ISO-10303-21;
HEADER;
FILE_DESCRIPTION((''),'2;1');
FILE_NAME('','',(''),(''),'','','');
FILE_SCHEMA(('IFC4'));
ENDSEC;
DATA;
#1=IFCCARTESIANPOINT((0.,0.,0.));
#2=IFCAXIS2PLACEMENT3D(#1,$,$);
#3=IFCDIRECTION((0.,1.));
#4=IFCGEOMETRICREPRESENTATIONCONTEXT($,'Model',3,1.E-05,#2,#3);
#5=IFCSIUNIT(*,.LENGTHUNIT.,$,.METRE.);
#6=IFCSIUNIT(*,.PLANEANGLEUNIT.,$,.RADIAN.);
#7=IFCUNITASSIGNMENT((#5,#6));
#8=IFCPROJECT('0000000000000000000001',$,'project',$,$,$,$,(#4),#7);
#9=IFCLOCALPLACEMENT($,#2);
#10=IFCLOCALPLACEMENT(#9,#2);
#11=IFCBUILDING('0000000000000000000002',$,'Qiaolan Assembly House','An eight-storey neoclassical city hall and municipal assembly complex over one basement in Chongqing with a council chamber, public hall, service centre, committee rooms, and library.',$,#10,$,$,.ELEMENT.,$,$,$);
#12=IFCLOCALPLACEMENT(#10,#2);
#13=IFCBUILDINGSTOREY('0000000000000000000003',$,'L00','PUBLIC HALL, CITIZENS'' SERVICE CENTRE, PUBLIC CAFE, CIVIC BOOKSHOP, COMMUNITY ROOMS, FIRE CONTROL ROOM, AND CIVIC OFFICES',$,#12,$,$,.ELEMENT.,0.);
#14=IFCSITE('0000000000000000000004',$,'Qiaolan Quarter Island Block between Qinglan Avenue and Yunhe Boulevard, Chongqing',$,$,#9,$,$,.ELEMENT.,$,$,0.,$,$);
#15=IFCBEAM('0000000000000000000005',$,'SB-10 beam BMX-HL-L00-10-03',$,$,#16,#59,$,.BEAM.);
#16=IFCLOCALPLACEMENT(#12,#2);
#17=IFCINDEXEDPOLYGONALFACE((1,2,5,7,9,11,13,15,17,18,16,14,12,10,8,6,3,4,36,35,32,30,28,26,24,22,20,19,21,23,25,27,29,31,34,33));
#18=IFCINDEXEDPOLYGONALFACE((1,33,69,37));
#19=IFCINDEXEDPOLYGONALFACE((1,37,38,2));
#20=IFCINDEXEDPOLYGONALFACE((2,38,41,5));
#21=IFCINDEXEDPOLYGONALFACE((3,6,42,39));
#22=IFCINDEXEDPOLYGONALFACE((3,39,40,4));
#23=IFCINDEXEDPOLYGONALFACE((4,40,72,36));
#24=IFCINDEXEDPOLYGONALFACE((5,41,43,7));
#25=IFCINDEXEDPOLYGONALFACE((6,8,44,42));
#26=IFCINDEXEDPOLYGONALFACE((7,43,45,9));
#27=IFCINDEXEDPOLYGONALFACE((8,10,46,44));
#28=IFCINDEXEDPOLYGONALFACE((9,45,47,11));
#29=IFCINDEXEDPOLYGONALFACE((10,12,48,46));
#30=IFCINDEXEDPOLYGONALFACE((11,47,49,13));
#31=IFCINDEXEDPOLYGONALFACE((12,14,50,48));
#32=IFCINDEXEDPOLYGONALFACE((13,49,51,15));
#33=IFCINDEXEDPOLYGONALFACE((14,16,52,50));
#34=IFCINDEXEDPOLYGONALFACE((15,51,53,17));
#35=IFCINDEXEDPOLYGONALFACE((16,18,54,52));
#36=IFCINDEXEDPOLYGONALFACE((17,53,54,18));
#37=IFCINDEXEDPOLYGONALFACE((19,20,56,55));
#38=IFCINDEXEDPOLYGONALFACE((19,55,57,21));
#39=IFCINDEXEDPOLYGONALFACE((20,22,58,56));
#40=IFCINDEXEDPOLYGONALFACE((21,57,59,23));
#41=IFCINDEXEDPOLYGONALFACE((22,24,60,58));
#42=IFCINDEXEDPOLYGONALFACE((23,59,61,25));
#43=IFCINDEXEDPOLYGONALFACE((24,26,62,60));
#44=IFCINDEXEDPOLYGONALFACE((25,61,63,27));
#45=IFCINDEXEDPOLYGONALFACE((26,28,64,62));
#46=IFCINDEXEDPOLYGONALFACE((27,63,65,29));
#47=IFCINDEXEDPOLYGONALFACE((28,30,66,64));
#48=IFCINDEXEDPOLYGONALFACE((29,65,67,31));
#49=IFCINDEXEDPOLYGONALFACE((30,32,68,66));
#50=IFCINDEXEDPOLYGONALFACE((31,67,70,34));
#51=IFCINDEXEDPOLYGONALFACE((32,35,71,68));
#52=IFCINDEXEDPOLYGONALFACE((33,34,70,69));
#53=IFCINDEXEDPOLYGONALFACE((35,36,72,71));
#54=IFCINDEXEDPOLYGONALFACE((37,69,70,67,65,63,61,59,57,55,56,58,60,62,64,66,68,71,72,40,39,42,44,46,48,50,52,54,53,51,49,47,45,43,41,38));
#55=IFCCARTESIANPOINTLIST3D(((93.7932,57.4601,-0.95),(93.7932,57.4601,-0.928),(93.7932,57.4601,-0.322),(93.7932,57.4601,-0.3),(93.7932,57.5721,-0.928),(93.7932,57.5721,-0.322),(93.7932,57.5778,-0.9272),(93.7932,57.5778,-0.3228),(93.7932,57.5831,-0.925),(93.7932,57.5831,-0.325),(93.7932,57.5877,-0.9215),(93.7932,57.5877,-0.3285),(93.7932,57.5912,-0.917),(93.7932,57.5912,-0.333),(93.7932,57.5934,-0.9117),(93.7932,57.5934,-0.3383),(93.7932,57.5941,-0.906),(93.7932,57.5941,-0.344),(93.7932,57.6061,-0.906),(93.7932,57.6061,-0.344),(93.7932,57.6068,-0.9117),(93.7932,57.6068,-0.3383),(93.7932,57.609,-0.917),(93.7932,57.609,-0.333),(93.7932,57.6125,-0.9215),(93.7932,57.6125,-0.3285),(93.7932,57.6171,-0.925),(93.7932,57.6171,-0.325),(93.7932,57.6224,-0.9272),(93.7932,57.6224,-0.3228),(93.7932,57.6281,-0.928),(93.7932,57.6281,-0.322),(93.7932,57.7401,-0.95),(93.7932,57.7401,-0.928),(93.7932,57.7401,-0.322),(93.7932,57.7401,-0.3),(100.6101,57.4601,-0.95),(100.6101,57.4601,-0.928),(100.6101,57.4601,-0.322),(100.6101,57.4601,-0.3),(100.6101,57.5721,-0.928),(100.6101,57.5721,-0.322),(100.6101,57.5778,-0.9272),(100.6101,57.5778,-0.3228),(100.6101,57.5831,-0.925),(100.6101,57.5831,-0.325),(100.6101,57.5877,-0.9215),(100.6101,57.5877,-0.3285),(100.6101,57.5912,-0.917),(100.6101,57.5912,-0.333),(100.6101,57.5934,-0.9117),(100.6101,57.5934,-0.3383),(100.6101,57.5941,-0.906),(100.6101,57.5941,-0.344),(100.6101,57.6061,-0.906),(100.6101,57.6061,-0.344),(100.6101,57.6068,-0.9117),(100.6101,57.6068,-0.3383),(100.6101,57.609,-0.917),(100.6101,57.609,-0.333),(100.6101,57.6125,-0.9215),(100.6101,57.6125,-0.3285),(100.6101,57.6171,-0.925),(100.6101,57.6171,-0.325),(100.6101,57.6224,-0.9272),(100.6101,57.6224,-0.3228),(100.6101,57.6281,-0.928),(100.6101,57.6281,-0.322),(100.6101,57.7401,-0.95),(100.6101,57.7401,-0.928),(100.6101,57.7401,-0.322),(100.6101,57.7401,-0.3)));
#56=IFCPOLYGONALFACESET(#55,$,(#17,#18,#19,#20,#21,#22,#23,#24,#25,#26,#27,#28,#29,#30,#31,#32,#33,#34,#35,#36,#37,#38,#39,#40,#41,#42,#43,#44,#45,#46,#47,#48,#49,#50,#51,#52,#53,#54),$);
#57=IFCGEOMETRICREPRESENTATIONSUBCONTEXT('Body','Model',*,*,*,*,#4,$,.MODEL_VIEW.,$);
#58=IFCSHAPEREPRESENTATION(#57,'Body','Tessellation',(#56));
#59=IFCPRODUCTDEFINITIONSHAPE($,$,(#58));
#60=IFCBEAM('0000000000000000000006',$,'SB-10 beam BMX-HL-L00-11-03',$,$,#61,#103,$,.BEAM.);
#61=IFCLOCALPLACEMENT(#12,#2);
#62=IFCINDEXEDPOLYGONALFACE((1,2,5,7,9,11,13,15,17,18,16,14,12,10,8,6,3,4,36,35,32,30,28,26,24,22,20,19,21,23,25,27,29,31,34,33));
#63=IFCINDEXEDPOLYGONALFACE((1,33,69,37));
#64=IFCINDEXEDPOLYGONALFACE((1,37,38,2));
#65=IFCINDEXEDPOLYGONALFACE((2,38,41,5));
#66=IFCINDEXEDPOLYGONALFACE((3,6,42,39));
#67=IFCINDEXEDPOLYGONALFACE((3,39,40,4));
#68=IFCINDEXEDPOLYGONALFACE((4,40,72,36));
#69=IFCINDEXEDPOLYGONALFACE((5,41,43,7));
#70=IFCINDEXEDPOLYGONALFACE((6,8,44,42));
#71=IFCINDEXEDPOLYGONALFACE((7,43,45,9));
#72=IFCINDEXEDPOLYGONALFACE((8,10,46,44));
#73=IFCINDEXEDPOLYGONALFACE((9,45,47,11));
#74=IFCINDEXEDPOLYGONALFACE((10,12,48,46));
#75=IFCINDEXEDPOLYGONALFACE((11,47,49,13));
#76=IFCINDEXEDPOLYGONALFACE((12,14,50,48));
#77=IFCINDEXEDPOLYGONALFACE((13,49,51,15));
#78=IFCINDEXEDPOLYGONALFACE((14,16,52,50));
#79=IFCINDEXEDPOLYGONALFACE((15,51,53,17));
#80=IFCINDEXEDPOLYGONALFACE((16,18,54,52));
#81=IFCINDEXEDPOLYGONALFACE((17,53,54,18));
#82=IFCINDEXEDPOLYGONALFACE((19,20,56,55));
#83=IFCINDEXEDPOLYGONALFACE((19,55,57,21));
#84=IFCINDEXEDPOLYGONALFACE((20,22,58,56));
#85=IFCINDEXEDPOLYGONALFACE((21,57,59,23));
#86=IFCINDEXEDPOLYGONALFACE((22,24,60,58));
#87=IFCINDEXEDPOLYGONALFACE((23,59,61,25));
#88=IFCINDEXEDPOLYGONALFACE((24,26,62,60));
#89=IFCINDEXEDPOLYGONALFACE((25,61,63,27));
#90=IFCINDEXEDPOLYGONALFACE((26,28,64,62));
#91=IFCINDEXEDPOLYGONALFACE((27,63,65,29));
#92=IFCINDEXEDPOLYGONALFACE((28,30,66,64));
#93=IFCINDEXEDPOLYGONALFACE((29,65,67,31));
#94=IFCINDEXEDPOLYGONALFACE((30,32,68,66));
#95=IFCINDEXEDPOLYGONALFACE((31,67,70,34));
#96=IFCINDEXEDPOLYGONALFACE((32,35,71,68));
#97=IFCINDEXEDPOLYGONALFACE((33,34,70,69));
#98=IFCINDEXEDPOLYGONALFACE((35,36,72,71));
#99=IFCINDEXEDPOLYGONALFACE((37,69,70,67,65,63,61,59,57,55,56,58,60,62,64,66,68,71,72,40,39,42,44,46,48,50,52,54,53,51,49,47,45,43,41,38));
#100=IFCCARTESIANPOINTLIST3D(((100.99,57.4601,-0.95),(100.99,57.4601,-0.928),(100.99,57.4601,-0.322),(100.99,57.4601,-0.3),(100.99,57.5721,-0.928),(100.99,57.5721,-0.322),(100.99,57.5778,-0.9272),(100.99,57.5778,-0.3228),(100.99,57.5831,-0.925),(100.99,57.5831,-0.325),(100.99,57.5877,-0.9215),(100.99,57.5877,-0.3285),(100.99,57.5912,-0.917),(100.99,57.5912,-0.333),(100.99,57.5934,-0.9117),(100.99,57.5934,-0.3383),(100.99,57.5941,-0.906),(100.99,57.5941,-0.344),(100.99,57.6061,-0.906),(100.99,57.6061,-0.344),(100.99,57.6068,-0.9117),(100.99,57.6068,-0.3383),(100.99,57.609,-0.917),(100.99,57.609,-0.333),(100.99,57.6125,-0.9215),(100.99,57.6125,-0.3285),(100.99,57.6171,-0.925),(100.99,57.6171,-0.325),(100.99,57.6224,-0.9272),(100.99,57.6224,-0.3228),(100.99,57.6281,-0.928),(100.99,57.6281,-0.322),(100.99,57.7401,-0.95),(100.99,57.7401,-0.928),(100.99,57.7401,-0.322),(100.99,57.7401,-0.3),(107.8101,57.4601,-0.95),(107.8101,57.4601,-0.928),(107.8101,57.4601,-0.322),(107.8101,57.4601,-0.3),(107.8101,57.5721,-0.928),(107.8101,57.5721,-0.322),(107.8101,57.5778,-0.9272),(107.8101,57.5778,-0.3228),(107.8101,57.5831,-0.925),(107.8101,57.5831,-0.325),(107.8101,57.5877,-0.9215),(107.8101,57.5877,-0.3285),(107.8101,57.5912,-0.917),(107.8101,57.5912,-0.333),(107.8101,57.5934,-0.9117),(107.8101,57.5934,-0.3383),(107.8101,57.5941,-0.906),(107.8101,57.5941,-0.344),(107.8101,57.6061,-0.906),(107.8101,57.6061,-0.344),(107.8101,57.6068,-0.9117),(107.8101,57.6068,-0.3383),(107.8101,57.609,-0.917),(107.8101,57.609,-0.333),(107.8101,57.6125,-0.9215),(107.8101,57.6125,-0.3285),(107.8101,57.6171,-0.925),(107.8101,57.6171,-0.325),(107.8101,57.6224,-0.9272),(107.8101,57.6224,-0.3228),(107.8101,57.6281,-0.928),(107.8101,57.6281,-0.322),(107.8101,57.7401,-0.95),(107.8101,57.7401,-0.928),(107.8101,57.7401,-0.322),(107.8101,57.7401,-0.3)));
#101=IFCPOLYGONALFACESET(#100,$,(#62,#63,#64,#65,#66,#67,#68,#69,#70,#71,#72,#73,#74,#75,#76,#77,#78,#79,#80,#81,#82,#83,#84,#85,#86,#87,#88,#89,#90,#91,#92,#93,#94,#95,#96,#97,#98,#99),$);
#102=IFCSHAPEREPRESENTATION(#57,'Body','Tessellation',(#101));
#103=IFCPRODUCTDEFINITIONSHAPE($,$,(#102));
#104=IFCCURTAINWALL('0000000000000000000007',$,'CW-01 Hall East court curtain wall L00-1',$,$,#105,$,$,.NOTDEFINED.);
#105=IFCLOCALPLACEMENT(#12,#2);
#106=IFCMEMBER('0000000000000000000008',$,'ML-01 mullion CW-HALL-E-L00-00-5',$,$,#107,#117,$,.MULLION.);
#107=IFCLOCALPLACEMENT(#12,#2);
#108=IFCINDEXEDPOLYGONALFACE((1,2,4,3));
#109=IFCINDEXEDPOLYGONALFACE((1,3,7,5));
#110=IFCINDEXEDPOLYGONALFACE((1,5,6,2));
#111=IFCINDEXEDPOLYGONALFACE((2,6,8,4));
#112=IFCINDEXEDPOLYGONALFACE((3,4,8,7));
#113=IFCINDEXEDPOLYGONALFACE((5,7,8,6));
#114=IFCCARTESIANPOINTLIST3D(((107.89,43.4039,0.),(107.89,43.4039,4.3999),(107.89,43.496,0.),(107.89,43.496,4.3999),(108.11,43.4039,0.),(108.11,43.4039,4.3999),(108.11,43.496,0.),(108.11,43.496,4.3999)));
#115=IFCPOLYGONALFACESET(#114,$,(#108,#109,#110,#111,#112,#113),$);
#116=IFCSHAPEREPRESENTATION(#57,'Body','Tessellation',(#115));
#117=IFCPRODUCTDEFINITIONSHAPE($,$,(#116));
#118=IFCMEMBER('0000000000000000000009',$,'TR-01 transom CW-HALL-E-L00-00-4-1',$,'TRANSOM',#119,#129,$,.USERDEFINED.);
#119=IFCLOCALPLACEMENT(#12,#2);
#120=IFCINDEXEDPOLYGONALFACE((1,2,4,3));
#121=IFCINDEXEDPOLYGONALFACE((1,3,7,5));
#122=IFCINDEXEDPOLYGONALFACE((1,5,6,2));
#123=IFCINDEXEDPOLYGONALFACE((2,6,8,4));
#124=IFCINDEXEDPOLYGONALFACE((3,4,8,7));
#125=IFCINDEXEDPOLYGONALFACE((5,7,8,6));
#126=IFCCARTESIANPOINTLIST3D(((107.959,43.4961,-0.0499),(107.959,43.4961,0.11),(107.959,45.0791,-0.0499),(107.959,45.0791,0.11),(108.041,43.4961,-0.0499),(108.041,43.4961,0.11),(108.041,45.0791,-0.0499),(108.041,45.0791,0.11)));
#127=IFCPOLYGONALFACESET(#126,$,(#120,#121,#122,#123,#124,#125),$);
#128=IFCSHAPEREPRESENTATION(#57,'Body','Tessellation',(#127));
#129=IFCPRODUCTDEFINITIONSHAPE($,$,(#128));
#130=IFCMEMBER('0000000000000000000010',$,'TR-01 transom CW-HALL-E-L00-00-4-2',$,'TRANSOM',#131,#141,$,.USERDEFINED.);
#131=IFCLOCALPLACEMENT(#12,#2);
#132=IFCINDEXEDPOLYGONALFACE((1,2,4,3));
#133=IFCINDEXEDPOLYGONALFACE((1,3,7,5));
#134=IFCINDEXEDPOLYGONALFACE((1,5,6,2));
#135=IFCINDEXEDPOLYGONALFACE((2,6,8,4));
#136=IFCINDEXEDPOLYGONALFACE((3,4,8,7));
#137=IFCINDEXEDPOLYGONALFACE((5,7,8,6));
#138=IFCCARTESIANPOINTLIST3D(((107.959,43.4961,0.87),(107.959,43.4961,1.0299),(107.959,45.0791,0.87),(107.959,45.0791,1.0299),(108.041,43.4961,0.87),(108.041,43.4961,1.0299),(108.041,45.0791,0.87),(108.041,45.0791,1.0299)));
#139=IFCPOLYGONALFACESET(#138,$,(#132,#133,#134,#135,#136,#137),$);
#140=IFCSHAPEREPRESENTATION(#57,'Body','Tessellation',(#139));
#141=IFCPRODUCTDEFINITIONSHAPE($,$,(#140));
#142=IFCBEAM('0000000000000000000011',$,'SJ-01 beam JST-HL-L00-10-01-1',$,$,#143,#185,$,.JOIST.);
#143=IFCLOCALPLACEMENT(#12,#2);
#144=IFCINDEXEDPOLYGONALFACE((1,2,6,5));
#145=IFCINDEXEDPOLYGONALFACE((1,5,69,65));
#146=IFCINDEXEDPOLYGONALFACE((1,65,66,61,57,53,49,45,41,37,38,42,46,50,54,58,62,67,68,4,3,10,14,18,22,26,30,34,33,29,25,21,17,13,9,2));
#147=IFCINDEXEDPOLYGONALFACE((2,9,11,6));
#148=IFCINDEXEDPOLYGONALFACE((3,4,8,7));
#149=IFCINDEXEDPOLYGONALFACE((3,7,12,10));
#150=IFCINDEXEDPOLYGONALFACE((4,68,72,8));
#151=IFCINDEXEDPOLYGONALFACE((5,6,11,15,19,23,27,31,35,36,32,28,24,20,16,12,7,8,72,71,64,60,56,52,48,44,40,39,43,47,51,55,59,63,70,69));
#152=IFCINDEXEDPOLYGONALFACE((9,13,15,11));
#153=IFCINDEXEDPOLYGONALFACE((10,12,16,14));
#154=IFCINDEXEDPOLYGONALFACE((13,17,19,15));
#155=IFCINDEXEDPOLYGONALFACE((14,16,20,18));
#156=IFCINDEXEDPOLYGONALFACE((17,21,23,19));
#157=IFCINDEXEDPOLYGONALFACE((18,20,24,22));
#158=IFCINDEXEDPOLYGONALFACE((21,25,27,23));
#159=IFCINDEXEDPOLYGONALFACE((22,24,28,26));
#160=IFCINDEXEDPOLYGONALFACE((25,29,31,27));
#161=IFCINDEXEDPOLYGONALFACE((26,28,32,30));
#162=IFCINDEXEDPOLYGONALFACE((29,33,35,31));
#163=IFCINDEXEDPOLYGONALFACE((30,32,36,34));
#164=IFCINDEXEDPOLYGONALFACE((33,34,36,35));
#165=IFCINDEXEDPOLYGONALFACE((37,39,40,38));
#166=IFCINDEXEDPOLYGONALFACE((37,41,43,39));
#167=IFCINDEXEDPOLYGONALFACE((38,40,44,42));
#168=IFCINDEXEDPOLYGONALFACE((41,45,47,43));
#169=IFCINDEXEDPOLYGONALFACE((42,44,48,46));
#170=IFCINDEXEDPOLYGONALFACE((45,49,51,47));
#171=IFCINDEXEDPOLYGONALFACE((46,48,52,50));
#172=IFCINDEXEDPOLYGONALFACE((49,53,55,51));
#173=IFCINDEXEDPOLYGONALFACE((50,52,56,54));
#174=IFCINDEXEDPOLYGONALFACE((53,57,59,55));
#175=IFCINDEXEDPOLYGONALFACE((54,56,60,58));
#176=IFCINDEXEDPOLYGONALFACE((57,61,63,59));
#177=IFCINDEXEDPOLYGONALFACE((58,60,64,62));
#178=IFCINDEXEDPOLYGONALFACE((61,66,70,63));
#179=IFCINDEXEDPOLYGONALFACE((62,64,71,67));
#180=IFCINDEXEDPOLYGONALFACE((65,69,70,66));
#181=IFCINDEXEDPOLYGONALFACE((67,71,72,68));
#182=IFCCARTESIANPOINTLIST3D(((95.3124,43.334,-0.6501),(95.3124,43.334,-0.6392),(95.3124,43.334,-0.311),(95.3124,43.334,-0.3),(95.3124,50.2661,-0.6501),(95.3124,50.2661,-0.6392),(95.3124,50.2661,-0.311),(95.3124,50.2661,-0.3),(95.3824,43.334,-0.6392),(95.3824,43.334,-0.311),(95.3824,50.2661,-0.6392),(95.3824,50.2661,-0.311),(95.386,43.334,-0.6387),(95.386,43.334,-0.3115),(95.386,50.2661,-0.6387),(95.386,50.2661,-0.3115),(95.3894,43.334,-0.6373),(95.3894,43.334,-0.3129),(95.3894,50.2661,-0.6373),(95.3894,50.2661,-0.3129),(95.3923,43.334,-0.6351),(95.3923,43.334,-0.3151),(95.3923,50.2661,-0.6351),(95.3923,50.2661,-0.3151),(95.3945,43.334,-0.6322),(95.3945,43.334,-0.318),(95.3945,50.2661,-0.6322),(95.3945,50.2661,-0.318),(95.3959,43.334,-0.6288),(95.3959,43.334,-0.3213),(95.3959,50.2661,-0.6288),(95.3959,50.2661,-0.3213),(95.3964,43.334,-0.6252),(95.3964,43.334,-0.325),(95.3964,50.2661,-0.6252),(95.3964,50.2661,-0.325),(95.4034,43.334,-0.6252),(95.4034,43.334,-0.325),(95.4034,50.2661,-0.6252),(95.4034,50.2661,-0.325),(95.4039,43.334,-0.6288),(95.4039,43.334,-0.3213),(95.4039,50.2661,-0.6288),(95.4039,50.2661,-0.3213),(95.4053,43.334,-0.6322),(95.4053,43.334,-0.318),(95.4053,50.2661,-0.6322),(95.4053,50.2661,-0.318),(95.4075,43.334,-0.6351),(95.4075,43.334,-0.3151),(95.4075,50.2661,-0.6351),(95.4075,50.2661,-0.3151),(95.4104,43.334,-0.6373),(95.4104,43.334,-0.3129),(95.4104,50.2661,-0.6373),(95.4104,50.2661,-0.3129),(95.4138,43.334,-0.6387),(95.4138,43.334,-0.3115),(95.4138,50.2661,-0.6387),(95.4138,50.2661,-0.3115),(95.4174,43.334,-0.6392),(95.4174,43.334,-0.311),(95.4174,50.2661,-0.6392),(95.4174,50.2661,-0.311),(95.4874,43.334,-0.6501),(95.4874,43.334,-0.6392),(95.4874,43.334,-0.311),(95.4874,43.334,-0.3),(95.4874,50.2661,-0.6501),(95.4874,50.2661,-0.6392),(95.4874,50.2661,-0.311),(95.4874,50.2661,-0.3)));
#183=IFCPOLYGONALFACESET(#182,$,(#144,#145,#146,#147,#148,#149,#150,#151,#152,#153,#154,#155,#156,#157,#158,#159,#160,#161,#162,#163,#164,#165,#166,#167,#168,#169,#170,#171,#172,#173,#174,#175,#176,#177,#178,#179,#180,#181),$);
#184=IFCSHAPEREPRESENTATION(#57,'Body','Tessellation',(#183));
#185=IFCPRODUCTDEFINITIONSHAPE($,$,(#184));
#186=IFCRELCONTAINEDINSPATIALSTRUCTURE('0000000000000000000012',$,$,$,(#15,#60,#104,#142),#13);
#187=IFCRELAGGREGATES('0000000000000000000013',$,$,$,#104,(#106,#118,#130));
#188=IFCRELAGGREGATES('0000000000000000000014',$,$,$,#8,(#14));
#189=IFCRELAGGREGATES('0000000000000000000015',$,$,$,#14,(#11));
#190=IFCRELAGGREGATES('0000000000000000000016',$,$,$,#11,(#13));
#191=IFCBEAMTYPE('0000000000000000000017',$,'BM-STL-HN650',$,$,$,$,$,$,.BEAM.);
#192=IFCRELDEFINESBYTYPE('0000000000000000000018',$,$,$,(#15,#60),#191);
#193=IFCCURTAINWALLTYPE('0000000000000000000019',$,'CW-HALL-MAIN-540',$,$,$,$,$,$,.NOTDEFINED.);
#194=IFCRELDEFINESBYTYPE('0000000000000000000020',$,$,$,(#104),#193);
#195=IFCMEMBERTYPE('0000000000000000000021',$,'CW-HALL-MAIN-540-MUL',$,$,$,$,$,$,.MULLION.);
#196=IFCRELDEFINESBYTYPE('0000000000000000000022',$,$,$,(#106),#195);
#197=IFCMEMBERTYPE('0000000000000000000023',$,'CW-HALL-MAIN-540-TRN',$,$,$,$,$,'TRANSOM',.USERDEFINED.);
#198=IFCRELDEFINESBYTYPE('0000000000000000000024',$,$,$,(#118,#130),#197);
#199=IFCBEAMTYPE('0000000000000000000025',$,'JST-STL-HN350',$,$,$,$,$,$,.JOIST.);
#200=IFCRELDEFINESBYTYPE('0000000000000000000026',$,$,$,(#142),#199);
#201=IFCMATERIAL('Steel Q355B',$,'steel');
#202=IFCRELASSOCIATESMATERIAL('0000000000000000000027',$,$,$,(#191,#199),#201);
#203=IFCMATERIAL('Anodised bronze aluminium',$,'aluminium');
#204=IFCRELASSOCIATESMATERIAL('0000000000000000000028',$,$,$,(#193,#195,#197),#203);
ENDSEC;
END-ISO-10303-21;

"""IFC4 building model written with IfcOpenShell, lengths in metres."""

from ifc_helpers import new_model, si_unit, direction, frame, origin, origin_2d, place, context, subcontext, project, spatial, rectangle, i_section, extrude, material, material_profile, profile_set, type_object, element, aggregate, save


model = new_model("IFC4")

# Units and contexts
model_context = context("Model", 3, precision=1e-05, world=origin(), true_north=direction((0.0, 1.0)))
body_context = subcontext(model_context, "Body", "Model", "MODEL_VIEW")
ifc_project = project(units=[si_unit("LENGTHUNIT", "METRE"), si_unit("PLANEANGLEUNIT", "RADIAN")], contexts=[model_context])

# Site, building, storey
site_placement = place(None, origin())
site = spatial("IfcSite", under=ifc_project, at=site_placement, Name="Qiaolan Quarter Island Block between Qinglan Avenue and Yunhe Boulevard, Chongqing", CompositionType="ELEMENT", RefElevation=0.0)
building_placement = place(site_placement, origin())
building = spatial("IfcBuilding", under=site, at=building_placement, Name="Qiaolan Assembly House", Description="An eight-storey neoclassical city hall and municipal assembly complex over one basement in Chongqing with a council chamber, public hall, service centre, committee rooms, and library.", CompositionType="ELEMENT")
storey_placement = place(building_placement, origin())
storey = spatial("IfcBuildingStorey", under=building, at=storey_placement, Name="L00", Description="PUBLIC HALL, CITIZENS' SERVICE CENTRE, PUBLIC CAFE, CIVIC BOOKSHOP, COMMUNITY ROOMS, FIRE CONTROL ROOM, AND CIVIC OFFICES", CompositionType="ELEMENT", Elevation=0.0)

# Shared definitions
ifc_material_1 = material(Name="Steel Q355B", Category="steel")

# Beams
ifc_material_profile_1 = material_profile(ifc_material_1, i_section(OverallWidth=0.28, OverallDepth=0.6499, WebThickness=0.012, FlangeThickness=0.022, FilletRadius=0.022, at=origin_2d()), Name="HN 650x280x12x22")
ifc_profile_set_1 = profile_set([ifc_material_profile_1], Name="Steel Q355B")
beam_type_1 = type_object("IfcBeamType", Name="BM-STL-HN650", PredefinedType="BEAM", material=ifc_profile_set_1)
beam_1_placement = place(storey_placement, frame((93.7932, 57.6001, -0.625), z_axis=(1.0, 0.0, 0.0), x_axis=(0.0, 1.0, 0.0)))
element("IfcBeam", 1, at=beam_1_placement, inside=storey, type_object=beam_type_1, Name="SB-10 beam BMX-HL-L00-10-03", PredefinedType="BEAM", context=body_context, shape_type="SweptSolid", body=[
    extrude(i_section(OverallWidth=0.28, OverallDepth=0.6499, WebThickness=0.012, FlangeThickness=0.022, FilletRadius=0.022, at=origin_2d()), origin(), (0.0, 0.0, 1.0), 6.8169),
])
beam_2_placement = place(storey_placement, frame((100.99, 57.6001, -0.625), z_axis=(1.0, 0.0, 0.0), x_axis=(0.0, 1.0, 0.0)))
element("IfcBeam", 2, at=beam_2_placement, inside=storey, type_object=beam_type_1, Name="SB-10 beam BMX-HL-L00-11-03", PredefinedType="BEAM", context=body_context, shape_type="SweptSolid", body=[
    extrude(i_section(OverallWidth=0.28, OverallDepth=0.6499, WebThickness=0.012, FlangeThickness=0.022, FilletRadius=0.022, at=origin_2d()), origin(), (0.0, 0.0, 1.0), 6.8201),
])

# Curtain wall, members
ifc_material_2 = material(Name="Anodised bronze aluminium", Category="aluminium")
curtain_wall_type = type_object("IfcCurtainWallType", Name="CW-HALL-MAIN-540", PredefinedType="NOTDEFINED", material=ifc_material_2)
curtain_wall_placement = place(storey_placement, origin())
curtain_wall = element("IfcCurtainWall", 3, at=curtain_wall_placement, inside=storey, type_object=curtain_wall_type, Name="CW-01 Hall East court curtain wall L00-1", PredefinedType="NOTDEFINED")
ifc_material_profile_2 = material_profile(ifc_material_2, rectangle(XDim=0.092, YDim=0.22, at=origin_2d()), Name="MUL 92x220")
ifc_profile_set_2 = profile_set([ifc_material_profile_2], Name="Anodised bronze aluminium")
member_type_1 = type_object("IfcMemberType", Name="CW-HALL-MAIN-540-MUL", PredefinedType="MULLION", material=ifc_profile_set_2)
member_1_placement = place(storey_placement, frame((108.0, 43.45, 0.0), z_axis=(0.0, 0.0, 1.0), x_axis=(0.0, -1.0, 0.0)))
member_1 = element("IfcMember", 4, at=member_1_placement, type_object=member_type_1, Name="ML-01 mullion CW-HALL-E-L00-00-5", PredefinedType="MULLION", context=body_context, shape_type="SweptSolid", body=[
    extrude(rectangle(XDim=0.092, YDim=0.22, at=origin_2d()), origin(), (0.0, 0.0, 1.0), 4.3999),
])
ifc_material_profile_3 = material_profile(ifc_material_2, rectangle(XDim=0.082, YDim=0.1599, at=origin_2d()), Name="TRN 82x160")
ifc_profile_set_3 = profile_set([ifc_material_profile_3], Name="Anodised bronze aluminium")
member_type_2 = type_object("IfcMemberType", Name="CW-HALL-MAIN-540-TRN", ElementType="TRANSOM", PredefinedType="USERDEFINED", material=ifc_profile_set_3)
member_2_placement = place(storey_placement, frame((108.0, 45.0791, 0.03), z_axis=(0.0, -1.0, 0.0), x_axis=(1.0, 0.0, 0.0)))
member_2 = element("IfcMember", 5, at=member_2_placement, type_object=member_type_2, Name="TR-01 transom CW-HALL-E-L00-00-4-1", ObjectType="TRANSOM", PredefinedType="USERDEFINED", context=body_context, shape_type="SweptSolid", body=[
    extrude(rectangle(XDim=0.082, YDim=0.1599, at=origin_2d()), origin(), (0.0, 0.0, 1.0), 1.583),
])
member_3_placement = place(storey_placement, frame((108.0, 45.0791, 0.95), z_axis=(0.0, -1.0, 0.0), x_axis=(1.0, 0.0, 0.0)))
member_3 = element("IfcMember", 6, at=member_3_placement, type_object=member_type_2, Name="TR-01 transom CW-HALL-E-L00-00-4-2", ObjectType="TRANSOM", PredefinedType="USERDEFINED", context=body_context, shape_type="SweptSolid", body=[
    extrude(rectangle(XDim=0.082, YDim=0.1599, at=origin_2d()), origin(), (0.0, 0.0, 1.0), 1.583),
])
aggregate(curtain_wall, [member_1, member_2, member_3])

# Beam
ifc_material_profile_4 = material_profile(ifc_material_1, i_section(OverallWidth=0.175, OverallDepth=0.3501, WebThickness=0.0071, FlangeThickness=0.011, FilletRadius=0.0139, at=origin_2d()), Name="HN 350x175x7x11")
ifc_profile_set_4 = profile_set([ifc_material_profile_4], Name="Steel Q355B")
beam_type_2 = type_object("IfcBeamType", Name="JST-STL-HN350", PredefinedType="JOIST", material=ifc_profile_set_4)
for number, where, z_axis, x_axis, name in (
    (7, (95.3999, 43.334, -0.4751), (0.0, 1.0, 0.0), (-1.0, 0.0, 0.0), "SJ-01 beam JST-HL-L00-10-01-1"),
):
    element("IfcBeam", number, at=place(storey_placement, frame(where, z_axis=z_axis, x_axis=x_axis)), inside=storey, type_object=beam_type_2, Name=name, PredefinedType="JOIST", context=body_context, shape_type="SweptSolid", body=[
        extrude(i_section(OverallWidth=0.175, OverallDepth=0.3501, WebThickness=0.0071, FlangeThickness=0.011, FilletRadius=0.0139, at=origin_2d()), origin(), (0.0, 0.0, 1.0), 6.9321),
    ])

save(model, "model.ifc")
